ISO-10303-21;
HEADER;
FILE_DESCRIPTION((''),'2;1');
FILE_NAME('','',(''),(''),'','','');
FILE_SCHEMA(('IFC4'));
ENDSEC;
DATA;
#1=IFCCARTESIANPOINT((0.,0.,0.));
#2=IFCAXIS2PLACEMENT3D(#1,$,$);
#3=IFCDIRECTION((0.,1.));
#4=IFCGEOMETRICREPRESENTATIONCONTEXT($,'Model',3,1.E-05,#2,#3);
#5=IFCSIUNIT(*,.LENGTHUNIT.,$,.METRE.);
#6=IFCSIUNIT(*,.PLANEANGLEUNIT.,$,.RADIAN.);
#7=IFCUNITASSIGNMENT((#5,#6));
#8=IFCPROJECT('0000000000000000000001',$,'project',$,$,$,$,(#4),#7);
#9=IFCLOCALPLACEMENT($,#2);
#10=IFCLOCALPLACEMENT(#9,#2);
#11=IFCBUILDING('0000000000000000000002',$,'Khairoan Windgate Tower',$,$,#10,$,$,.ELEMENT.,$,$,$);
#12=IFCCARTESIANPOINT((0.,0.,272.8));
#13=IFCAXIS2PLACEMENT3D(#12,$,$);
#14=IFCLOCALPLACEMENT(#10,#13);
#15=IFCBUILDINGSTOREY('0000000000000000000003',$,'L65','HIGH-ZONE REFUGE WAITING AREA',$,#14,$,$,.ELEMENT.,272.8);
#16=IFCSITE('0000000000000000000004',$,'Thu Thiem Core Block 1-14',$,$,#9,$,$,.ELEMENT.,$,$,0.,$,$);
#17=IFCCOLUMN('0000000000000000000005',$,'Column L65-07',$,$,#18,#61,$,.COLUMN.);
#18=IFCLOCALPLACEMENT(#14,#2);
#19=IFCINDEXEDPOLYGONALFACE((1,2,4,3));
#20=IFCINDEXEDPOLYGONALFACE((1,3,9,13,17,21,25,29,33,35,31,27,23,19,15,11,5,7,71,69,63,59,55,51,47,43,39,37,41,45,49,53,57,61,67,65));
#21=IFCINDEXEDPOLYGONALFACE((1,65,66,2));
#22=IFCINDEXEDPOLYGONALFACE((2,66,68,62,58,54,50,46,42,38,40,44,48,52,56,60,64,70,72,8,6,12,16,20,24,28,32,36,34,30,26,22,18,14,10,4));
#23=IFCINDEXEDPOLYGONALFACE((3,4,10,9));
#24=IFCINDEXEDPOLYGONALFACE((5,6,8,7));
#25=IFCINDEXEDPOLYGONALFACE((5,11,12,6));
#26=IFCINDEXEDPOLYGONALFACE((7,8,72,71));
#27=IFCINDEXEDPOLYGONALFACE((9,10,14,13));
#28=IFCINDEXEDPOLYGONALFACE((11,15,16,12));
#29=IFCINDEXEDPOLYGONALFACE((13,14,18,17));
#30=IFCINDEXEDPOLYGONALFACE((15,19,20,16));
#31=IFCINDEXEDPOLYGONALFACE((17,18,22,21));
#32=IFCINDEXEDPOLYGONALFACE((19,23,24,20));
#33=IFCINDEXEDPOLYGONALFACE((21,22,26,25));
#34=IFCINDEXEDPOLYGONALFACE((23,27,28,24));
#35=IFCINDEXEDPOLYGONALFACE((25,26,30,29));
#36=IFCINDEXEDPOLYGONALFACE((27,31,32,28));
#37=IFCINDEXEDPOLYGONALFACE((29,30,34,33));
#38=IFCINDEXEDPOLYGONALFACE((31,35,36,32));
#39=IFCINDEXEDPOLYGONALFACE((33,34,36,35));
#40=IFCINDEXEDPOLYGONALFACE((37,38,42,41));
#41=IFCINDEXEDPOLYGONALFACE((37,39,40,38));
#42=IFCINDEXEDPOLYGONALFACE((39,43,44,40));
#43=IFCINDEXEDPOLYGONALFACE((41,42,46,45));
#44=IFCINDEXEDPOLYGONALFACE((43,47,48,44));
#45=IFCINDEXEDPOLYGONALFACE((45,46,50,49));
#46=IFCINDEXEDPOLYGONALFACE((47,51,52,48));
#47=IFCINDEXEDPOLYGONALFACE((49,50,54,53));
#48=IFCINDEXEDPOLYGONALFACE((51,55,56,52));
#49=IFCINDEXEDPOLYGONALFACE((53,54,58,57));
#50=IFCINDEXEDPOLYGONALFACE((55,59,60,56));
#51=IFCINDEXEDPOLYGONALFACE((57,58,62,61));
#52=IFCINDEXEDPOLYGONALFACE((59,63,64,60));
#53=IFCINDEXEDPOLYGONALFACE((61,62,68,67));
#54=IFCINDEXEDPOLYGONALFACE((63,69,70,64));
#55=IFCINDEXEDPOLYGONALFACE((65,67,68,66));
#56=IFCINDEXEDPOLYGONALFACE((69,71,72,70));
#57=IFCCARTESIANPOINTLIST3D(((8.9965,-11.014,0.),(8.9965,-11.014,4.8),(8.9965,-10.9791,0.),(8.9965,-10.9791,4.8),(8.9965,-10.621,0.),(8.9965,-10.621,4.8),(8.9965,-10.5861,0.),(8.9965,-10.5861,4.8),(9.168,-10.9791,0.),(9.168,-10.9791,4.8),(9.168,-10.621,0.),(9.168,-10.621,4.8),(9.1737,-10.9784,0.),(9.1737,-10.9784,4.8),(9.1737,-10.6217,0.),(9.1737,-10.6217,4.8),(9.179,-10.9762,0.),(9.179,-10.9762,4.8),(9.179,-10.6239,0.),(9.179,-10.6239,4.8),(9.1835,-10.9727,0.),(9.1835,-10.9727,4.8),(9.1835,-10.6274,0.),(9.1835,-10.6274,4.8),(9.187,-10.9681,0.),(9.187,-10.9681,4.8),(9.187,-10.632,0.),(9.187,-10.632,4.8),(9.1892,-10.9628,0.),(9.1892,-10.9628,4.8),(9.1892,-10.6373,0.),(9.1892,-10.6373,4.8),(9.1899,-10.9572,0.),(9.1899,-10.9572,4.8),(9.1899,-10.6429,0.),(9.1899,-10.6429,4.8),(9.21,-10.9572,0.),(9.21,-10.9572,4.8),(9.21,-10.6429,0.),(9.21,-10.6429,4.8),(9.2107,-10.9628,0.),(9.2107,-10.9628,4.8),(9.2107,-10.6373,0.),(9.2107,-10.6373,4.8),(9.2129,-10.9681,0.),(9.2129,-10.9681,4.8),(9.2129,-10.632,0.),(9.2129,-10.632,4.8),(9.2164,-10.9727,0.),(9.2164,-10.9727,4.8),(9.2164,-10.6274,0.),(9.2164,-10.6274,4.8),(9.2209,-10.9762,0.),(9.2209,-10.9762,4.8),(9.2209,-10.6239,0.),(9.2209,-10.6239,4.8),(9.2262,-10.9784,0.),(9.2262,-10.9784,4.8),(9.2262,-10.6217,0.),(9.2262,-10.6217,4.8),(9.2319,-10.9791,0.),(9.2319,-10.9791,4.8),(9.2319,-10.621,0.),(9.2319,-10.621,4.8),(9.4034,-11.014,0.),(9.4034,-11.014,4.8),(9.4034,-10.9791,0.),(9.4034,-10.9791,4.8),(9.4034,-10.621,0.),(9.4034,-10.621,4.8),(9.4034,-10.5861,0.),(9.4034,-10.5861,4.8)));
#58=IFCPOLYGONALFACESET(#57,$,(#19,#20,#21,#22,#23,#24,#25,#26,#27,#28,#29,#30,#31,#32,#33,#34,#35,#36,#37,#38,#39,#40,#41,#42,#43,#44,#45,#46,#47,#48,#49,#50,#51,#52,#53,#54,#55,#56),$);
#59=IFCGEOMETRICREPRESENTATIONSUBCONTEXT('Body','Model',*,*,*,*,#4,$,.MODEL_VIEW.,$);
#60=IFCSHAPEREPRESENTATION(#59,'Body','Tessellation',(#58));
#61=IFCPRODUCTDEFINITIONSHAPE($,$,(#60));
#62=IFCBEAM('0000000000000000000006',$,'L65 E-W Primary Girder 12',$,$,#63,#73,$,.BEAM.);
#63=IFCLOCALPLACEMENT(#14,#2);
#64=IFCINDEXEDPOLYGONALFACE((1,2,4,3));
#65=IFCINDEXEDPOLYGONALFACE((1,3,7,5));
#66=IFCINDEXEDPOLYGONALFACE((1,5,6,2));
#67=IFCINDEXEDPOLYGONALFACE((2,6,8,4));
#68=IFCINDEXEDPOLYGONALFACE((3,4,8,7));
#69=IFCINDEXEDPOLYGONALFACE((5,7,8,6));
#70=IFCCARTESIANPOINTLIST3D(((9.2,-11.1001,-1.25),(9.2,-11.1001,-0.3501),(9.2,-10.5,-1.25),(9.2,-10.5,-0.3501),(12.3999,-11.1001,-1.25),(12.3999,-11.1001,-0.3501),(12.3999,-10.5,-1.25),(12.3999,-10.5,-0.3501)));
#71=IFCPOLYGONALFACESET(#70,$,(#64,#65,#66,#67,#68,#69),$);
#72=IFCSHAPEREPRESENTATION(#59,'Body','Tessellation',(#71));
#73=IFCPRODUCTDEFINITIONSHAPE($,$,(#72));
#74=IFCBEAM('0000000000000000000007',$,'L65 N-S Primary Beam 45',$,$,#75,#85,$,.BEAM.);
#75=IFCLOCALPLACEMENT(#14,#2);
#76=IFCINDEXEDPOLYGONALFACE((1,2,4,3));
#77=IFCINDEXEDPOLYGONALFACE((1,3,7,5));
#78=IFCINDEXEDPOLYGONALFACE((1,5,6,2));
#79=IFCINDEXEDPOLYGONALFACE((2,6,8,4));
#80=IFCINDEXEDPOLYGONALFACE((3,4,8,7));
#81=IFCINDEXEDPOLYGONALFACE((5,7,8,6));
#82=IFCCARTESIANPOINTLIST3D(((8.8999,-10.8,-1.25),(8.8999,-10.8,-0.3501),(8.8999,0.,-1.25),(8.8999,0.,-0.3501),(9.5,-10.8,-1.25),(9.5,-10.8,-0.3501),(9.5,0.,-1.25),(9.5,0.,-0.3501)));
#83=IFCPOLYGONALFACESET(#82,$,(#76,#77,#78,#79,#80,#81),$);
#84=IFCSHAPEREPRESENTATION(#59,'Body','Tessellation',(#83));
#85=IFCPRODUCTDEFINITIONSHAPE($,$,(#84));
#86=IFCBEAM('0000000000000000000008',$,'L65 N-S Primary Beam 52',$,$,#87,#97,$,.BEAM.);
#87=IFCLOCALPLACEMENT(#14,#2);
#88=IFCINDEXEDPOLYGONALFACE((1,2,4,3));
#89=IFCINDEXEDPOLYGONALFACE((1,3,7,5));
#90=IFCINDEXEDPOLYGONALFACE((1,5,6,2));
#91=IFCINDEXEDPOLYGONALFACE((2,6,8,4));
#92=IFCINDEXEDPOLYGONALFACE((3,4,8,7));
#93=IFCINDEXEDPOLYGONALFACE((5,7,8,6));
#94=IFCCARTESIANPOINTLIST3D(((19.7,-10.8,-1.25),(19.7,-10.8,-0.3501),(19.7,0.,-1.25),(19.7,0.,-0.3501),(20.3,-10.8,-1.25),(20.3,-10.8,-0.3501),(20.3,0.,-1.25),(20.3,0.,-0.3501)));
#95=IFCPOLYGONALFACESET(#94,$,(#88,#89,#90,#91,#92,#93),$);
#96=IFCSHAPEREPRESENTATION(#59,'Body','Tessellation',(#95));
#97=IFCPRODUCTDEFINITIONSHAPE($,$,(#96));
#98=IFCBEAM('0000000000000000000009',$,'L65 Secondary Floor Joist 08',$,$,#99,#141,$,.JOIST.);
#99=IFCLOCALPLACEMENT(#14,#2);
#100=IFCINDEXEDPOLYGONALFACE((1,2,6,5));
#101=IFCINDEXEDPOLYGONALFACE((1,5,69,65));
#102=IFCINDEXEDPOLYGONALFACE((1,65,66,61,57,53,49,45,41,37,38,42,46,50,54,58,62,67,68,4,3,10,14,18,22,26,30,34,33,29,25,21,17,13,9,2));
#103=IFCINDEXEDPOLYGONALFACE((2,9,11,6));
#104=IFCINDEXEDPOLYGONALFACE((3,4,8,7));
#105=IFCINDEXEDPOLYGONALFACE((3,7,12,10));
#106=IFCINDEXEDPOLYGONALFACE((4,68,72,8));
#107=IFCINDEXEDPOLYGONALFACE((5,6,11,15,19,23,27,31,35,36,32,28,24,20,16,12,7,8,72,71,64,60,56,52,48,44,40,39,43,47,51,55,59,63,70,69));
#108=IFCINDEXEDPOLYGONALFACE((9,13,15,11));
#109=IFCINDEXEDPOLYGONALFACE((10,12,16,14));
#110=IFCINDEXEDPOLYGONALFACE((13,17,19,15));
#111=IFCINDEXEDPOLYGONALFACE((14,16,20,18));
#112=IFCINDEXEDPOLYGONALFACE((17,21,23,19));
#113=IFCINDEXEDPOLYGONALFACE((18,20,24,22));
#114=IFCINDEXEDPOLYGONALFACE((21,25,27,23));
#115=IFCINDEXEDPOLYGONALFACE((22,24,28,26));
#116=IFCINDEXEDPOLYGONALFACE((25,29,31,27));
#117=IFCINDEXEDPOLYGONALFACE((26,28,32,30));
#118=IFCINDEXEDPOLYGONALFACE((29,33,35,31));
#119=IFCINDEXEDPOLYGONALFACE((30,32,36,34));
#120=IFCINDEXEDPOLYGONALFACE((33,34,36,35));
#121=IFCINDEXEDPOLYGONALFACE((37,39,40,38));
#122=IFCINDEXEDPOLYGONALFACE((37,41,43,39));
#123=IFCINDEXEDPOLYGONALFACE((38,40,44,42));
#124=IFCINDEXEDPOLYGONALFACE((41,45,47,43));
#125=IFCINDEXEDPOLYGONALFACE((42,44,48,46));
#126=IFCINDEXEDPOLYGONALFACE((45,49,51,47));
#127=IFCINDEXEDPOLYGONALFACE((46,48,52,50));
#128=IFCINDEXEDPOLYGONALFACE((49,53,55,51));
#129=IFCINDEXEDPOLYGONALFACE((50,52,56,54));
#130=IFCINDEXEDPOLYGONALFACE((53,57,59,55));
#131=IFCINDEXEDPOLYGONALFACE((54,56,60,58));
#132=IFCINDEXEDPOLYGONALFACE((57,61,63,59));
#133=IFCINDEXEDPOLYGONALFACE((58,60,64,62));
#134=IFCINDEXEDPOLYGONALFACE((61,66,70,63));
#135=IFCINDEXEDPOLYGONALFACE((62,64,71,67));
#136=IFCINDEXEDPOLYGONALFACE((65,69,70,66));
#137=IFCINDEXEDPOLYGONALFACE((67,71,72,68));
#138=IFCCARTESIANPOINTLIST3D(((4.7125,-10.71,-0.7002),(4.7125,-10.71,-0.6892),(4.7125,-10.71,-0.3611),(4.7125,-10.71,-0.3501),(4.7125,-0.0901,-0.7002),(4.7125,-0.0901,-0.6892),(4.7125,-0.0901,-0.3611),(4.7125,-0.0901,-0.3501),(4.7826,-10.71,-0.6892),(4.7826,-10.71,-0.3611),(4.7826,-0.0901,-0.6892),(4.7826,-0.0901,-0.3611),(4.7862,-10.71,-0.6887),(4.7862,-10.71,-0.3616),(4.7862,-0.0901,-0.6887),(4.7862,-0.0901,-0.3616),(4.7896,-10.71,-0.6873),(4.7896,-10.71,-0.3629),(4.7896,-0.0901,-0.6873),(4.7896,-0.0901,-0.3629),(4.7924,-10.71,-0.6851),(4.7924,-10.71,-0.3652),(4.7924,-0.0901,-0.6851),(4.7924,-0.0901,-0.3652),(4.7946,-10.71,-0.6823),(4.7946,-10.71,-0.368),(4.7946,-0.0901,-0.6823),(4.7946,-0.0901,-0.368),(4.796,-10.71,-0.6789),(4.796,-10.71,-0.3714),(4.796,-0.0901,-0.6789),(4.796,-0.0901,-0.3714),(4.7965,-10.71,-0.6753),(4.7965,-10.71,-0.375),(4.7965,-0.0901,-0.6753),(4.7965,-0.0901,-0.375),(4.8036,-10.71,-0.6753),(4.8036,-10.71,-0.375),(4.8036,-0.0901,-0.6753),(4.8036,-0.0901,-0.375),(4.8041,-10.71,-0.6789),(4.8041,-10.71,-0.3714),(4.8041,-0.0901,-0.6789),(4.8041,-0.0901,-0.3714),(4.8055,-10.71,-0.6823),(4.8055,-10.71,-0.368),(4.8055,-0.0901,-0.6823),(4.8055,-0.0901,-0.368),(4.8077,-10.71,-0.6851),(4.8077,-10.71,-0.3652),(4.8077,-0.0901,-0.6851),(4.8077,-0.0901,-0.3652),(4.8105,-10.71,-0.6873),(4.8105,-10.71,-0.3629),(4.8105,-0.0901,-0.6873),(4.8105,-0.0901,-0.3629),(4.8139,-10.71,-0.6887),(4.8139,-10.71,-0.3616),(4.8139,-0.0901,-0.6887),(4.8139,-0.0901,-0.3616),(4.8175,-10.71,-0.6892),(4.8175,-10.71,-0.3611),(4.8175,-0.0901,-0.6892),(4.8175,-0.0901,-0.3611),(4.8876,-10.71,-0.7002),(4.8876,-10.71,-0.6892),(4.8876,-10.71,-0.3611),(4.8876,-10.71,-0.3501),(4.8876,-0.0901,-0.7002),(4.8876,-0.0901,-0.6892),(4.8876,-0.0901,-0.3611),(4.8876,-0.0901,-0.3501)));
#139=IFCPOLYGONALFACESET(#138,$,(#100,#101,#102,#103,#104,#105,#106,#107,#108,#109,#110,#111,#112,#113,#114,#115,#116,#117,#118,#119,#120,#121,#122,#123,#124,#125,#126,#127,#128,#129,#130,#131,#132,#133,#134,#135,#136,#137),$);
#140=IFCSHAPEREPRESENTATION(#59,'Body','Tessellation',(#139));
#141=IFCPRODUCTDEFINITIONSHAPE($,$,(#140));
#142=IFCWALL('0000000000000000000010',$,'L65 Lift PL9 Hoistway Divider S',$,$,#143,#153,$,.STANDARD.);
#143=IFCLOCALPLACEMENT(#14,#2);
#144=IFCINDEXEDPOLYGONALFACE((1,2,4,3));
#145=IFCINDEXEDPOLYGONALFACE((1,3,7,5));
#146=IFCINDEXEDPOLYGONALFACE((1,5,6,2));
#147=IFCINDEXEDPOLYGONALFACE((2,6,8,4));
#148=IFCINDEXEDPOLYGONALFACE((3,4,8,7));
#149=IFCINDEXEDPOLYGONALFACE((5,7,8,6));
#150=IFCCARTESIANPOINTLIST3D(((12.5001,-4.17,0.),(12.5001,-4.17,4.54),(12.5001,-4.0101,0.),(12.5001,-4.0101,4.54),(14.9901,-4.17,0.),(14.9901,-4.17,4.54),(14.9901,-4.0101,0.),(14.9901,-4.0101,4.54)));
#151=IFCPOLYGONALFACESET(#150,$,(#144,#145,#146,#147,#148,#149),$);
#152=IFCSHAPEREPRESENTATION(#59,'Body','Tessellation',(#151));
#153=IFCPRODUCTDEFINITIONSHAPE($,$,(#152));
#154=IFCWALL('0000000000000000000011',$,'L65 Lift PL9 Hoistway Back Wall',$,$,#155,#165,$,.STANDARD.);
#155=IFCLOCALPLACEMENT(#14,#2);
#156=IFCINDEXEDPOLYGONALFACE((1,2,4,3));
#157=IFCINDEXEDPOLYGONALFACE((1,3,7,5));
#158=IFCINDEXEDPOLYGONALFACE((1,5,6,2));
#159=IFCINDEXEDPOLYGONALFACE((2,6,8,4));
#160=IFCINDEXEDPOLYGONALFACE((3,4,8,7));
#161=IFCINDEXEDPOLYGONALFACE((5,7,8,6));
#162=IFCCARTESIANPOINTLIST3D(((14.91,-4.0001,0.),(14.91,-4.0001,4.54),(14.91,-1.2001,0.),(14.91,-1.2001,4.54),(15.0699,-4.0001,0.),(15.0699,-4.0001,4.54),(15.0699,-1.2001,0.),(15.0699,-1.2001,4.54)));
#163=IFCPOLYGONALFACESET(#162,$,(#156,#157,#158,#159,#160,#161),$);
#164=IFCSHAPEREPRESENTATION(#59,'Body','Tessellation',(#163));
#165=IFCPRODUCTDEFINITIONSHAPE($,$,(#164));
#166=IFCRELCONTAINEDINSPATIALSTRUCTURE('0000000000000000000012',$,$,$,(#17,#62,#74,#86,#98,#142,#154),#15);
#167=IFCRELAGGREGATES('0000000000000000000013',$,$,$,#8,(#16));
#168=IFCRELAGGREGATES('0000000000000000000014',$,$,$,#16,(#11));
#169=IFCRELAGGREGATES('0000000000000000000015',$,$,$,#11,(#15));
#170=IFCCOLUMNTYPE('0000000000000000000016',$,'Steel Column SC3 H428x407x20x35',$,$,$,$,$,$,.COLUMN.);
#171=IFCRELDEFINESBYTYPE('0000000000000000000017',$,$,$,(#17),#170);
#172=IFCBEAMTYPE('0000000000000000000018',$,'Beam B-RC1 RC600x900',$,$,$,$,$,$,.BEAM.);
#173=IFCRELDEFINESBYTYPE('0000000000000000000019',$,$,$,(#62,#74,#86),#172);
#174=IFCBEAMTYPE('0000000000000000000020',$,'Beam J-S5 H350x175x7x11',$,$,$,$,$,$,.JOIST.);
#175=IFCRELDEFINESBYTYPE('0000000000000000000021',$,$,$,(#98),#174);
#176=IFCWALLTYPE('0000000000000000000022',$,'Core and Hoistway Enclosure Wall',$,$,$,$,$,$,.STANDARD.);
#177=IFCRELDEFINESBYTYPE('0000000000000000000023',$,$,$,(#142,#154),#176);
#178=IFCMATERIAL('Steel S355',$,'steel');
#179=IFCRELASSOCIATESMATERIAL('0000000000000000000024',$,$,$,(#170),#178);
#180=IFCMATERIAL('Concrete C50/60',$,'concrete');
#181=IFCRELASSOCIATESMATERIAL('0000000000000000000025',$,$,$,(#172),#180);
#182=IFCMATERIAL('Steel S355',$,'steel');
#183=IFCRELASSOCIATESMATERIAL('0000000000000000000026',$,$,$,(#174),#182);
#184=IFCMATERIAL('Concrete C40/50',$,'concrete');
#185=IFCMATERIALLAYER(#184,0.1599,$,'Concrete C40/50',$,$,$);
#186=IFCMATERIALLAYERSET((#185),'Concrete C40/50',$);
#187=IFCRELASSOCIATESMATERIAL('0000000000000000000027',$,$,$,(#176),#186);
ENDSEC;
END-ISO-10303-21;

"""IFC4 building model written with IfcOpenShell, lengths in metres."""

from ifc_helpers import new_model, si_unit, direction, frame, frame_2d, origin, origin_2d, place, context, subcontext, project, spatial, rectangle, i_section, extrude, material, layer, layer_set, material_profile, profile_set, type_object, element, save


model = new_model("IFC4")

# Units and contexts
model_context = context("Model", 3, precision=1e-05, world=origin(), true_north=direction((0.0, 1.0)))
body_context = subcontext(model_context, "Body", "Model", "MODEL_VIEW")
ifc_project = project(units=[si_unit("LENGTHUNIT", "METRE"), si_unit("PLANEANGLEUNIT", "RADIAN")], contexts=[model_context])

# Site, building, storey
site_placement = place(None, origin())
site = spatial("IfcSite", under=ifc_project, at=site_placement, Name="Thu Thiem Core Block 1-14", CompositionType="ELEMENT", RefElevation=0.0)
building_placement = place(site_placement, origin())
building = spatial("IfcBuilding", under=site, at=building_placement, Name="Khairoan Windgate Tower", CompositionType="ELEMENT")
storey_placement = place(building_placement, frame((0.0, 0.0, 272.8)))
storey = spatial("IfcBuildingStorey", under=building, at=storey_placement, Name="L65", Description="HIGH-ZONE REFUGE WAITING AREA", CompositionType="ELEMENT", Elevation=272.8)

# Column
ifc_material_1 = material(Name="Steel S355", Category="steel")
ifc_material_profile_1 = material_profile(ifc_material_1, i_section(OverallWidth=0.407, OverallDepth=0.428, WebThickness=0.02, FlangeThickness=0.0349, FilletRadius=0.022, at=origin_2d()))
ifc_profile_set_1 = profile_set([ifc_material_profile_1], Name="Steel S355")
column_type = type_object("IfcColumnType", Name="Steel Column SC3 H428x407x20x35", PredefinedType="COLUMN", material=ifc_profile_set_1)
column_placement = place(storey_placement, frame((9.2, -10.8, 0.0), z_axis=(0.0, 0.0, 1.0), x_axis=(1.0, 0.0, 0.0)))
element("IfcColumn", 1, at=column_placement, inside=storey, type_object=column_type, Name="Column L65-07", PredefinedType="COLUMN", context=body_context, shape_type="SweptSolid", body=[
    extrude(i_section(OverallWidth=0.407, OverallDepth=0.428, WebThickness=0.02, FlangeThickness=0.0349, FilletRadius=0.022, at=origin_2d()), origin(), (0.0, 0.0, 1.0), 4.8),
])

# Beams
ifc_material_2 = material(Name="Concrete C50/60", Category="concrete")
ifc_material_profile_2 = material_profile(ifc_material_2, rectangle(XDim=0.6001, YDim=0.8999, at=origin_2d()))
ifc_profile_set_2 = profile_set([ifc_material_profile_2], Name="Concrete C50/60")
beam_type_1 = type_object("IfcBeamType", Name="Beam B-RC1 RC600x900", PredefinedType="BEAM", material=ifc_profile_set_2)
beam_1_placement = place(storey_placement, frame((9.2, -10.8, -0.8), z_axis=(1.0, 0.0, 0.0), x_axis=(0.0, 1.0, 0.0)))
element("IfcBeam", 2, at=beam_1_placement, inside=storey, type_object=beam_type_1, Name="L65 E-W Primary Girder 12", PredefinedType="BEAM", context=body_context, shape_type="SweptSolid", body=[
    extrude(rectangle(XDim=0.6001, YDim=0.8999, at=origin_2d()), origin(), (0.0, 0.0, 1.0), 3.2),
])
for number, where, z_axis, x_axis, name in (
    (3, (9.2, -10.8, -0.8), (0.0, 1.0, 0.0), (-1.0, 0.0, 0.0), "L65 N-S Primary Beam 45"),
    (4, (20.0, -10.8, -0.8), (0.0, 1.0, 0.0), (-1.0, 0.0, 0.0), "L65 N-S Primary Beam 52"),
):
    element("IfcBeam", number, at=place(storey_placement, frame(where, z_axis=z_axis, x_axis=x_axis)), inside=storey, type_object=beam_type_1, Name=name, PredefinedType="BEAM", context=body_context, shape_type="SweptSolid", body=[
        extrude(rectangle(XDim=0.6001, YDim=0.8999, at=origin_2d()), origin(), (0.0, 0.0, 1.0), 10.8),
    ])
ifc_material_3 = material(Name="Steel S355", Category="steel")
ifc_material_profile_3 = material_profile(ifc_material_3, i_section(OverallWidth=0.175, OverallDepth=0.3501, WebThickness=0.0071, FlangeThickness=0.011, FilletRadius=0.0139, at=origin_2d()))
ifc_profile_set_3 = profile_set([ifc_material_profile_3], Name="Steel S355")
beam_type_2 = type_object("IfcBeamType", Name="Beam J-S5 H350x175x7x11", PredefinedType="JOIST", material=ifc_profile_set_3)
beam_2_placement = place(storey_placement, frame((4.8, -10.71, -0.5251), z_axis=(0.0, 1.0, 0.0), x_axis=(-1.0, 0.0, 0.0)))
element("IfcBeam", 5, at=beam_2_placement, inside=storey, type_object=beam_type_2, Name="L65 Secondary Floor Joist 08", PredefinedType="JOIST", context=body_context, shape_type="SweptSolid", body=[
    extrude(i_section(OverallWidth=0.175, OverallDepth=0.3501, WebThickness=0.0071, FlangeThickness=0.011, FilletRadius=0.0139, at=origin_2d()), origin(), (0.0, 0.0, 1.0), 10.6199),
])

# Walls
ifc_material_4 = material(Name="Concrete C40/50", Category="concrete")
ifc_layer_1 = layer(ifc_material_4, 0.1599, Name="Concrete C40/50")
ifc_layer_set_1 = layer_set([ifc_layer_1], Name="Concrete C40/50")
wall_type_1 = type_object("IfcWallType", Name="Core and Hoistway Enclosure Wall", PredefinedType="STANDARD", material=ifc_layer_set_1)
wall_1_placement = place(storey_placement, frame((12.5, -4.0901, 0.0), z_axis=(0.0, 0.0, 1.0), x_axis=(1.0, 0.0, 0.0)))
element("IfcWall", 6, at=wall_1_placement, inside=storey, type_object=wall_type_1, Name="L65 Lift PL9 Hoistway Divider S", PredefinedType="STANDARD", context=body_context, shape_type="SweptSolid", body=[
    extrude(rectangle(XDim=2.49, YDim=0.1599, at=frame_2d((1.2451, 0.0))), origin(), (0.0, 0.0, 1.0), 4.54),
])
wall_2_placement = place(storey_placement, frame((14.99, -4.0, 0.0), z_axis=(0.0, 0.0, 1.0), x_axis=(0.0, 1.0, 0.0)))
element("IfcWall", 7, at=wall_2_placement, inside=storey, type_object=wall_type_1, Name="L65 Lift PL9 Hoistway Back Wall", PredefinedType="STANDARD", context=body_context, shape_type="SweptSolid", body=[
    extrude(rectangle(XDim=2.8, YDim=0.1599, at=frame_2d((1.3999, 0.0))), origin(), (0.0, 0.0, 1.0), 4.54),
])

save(model, "model.ifc")
